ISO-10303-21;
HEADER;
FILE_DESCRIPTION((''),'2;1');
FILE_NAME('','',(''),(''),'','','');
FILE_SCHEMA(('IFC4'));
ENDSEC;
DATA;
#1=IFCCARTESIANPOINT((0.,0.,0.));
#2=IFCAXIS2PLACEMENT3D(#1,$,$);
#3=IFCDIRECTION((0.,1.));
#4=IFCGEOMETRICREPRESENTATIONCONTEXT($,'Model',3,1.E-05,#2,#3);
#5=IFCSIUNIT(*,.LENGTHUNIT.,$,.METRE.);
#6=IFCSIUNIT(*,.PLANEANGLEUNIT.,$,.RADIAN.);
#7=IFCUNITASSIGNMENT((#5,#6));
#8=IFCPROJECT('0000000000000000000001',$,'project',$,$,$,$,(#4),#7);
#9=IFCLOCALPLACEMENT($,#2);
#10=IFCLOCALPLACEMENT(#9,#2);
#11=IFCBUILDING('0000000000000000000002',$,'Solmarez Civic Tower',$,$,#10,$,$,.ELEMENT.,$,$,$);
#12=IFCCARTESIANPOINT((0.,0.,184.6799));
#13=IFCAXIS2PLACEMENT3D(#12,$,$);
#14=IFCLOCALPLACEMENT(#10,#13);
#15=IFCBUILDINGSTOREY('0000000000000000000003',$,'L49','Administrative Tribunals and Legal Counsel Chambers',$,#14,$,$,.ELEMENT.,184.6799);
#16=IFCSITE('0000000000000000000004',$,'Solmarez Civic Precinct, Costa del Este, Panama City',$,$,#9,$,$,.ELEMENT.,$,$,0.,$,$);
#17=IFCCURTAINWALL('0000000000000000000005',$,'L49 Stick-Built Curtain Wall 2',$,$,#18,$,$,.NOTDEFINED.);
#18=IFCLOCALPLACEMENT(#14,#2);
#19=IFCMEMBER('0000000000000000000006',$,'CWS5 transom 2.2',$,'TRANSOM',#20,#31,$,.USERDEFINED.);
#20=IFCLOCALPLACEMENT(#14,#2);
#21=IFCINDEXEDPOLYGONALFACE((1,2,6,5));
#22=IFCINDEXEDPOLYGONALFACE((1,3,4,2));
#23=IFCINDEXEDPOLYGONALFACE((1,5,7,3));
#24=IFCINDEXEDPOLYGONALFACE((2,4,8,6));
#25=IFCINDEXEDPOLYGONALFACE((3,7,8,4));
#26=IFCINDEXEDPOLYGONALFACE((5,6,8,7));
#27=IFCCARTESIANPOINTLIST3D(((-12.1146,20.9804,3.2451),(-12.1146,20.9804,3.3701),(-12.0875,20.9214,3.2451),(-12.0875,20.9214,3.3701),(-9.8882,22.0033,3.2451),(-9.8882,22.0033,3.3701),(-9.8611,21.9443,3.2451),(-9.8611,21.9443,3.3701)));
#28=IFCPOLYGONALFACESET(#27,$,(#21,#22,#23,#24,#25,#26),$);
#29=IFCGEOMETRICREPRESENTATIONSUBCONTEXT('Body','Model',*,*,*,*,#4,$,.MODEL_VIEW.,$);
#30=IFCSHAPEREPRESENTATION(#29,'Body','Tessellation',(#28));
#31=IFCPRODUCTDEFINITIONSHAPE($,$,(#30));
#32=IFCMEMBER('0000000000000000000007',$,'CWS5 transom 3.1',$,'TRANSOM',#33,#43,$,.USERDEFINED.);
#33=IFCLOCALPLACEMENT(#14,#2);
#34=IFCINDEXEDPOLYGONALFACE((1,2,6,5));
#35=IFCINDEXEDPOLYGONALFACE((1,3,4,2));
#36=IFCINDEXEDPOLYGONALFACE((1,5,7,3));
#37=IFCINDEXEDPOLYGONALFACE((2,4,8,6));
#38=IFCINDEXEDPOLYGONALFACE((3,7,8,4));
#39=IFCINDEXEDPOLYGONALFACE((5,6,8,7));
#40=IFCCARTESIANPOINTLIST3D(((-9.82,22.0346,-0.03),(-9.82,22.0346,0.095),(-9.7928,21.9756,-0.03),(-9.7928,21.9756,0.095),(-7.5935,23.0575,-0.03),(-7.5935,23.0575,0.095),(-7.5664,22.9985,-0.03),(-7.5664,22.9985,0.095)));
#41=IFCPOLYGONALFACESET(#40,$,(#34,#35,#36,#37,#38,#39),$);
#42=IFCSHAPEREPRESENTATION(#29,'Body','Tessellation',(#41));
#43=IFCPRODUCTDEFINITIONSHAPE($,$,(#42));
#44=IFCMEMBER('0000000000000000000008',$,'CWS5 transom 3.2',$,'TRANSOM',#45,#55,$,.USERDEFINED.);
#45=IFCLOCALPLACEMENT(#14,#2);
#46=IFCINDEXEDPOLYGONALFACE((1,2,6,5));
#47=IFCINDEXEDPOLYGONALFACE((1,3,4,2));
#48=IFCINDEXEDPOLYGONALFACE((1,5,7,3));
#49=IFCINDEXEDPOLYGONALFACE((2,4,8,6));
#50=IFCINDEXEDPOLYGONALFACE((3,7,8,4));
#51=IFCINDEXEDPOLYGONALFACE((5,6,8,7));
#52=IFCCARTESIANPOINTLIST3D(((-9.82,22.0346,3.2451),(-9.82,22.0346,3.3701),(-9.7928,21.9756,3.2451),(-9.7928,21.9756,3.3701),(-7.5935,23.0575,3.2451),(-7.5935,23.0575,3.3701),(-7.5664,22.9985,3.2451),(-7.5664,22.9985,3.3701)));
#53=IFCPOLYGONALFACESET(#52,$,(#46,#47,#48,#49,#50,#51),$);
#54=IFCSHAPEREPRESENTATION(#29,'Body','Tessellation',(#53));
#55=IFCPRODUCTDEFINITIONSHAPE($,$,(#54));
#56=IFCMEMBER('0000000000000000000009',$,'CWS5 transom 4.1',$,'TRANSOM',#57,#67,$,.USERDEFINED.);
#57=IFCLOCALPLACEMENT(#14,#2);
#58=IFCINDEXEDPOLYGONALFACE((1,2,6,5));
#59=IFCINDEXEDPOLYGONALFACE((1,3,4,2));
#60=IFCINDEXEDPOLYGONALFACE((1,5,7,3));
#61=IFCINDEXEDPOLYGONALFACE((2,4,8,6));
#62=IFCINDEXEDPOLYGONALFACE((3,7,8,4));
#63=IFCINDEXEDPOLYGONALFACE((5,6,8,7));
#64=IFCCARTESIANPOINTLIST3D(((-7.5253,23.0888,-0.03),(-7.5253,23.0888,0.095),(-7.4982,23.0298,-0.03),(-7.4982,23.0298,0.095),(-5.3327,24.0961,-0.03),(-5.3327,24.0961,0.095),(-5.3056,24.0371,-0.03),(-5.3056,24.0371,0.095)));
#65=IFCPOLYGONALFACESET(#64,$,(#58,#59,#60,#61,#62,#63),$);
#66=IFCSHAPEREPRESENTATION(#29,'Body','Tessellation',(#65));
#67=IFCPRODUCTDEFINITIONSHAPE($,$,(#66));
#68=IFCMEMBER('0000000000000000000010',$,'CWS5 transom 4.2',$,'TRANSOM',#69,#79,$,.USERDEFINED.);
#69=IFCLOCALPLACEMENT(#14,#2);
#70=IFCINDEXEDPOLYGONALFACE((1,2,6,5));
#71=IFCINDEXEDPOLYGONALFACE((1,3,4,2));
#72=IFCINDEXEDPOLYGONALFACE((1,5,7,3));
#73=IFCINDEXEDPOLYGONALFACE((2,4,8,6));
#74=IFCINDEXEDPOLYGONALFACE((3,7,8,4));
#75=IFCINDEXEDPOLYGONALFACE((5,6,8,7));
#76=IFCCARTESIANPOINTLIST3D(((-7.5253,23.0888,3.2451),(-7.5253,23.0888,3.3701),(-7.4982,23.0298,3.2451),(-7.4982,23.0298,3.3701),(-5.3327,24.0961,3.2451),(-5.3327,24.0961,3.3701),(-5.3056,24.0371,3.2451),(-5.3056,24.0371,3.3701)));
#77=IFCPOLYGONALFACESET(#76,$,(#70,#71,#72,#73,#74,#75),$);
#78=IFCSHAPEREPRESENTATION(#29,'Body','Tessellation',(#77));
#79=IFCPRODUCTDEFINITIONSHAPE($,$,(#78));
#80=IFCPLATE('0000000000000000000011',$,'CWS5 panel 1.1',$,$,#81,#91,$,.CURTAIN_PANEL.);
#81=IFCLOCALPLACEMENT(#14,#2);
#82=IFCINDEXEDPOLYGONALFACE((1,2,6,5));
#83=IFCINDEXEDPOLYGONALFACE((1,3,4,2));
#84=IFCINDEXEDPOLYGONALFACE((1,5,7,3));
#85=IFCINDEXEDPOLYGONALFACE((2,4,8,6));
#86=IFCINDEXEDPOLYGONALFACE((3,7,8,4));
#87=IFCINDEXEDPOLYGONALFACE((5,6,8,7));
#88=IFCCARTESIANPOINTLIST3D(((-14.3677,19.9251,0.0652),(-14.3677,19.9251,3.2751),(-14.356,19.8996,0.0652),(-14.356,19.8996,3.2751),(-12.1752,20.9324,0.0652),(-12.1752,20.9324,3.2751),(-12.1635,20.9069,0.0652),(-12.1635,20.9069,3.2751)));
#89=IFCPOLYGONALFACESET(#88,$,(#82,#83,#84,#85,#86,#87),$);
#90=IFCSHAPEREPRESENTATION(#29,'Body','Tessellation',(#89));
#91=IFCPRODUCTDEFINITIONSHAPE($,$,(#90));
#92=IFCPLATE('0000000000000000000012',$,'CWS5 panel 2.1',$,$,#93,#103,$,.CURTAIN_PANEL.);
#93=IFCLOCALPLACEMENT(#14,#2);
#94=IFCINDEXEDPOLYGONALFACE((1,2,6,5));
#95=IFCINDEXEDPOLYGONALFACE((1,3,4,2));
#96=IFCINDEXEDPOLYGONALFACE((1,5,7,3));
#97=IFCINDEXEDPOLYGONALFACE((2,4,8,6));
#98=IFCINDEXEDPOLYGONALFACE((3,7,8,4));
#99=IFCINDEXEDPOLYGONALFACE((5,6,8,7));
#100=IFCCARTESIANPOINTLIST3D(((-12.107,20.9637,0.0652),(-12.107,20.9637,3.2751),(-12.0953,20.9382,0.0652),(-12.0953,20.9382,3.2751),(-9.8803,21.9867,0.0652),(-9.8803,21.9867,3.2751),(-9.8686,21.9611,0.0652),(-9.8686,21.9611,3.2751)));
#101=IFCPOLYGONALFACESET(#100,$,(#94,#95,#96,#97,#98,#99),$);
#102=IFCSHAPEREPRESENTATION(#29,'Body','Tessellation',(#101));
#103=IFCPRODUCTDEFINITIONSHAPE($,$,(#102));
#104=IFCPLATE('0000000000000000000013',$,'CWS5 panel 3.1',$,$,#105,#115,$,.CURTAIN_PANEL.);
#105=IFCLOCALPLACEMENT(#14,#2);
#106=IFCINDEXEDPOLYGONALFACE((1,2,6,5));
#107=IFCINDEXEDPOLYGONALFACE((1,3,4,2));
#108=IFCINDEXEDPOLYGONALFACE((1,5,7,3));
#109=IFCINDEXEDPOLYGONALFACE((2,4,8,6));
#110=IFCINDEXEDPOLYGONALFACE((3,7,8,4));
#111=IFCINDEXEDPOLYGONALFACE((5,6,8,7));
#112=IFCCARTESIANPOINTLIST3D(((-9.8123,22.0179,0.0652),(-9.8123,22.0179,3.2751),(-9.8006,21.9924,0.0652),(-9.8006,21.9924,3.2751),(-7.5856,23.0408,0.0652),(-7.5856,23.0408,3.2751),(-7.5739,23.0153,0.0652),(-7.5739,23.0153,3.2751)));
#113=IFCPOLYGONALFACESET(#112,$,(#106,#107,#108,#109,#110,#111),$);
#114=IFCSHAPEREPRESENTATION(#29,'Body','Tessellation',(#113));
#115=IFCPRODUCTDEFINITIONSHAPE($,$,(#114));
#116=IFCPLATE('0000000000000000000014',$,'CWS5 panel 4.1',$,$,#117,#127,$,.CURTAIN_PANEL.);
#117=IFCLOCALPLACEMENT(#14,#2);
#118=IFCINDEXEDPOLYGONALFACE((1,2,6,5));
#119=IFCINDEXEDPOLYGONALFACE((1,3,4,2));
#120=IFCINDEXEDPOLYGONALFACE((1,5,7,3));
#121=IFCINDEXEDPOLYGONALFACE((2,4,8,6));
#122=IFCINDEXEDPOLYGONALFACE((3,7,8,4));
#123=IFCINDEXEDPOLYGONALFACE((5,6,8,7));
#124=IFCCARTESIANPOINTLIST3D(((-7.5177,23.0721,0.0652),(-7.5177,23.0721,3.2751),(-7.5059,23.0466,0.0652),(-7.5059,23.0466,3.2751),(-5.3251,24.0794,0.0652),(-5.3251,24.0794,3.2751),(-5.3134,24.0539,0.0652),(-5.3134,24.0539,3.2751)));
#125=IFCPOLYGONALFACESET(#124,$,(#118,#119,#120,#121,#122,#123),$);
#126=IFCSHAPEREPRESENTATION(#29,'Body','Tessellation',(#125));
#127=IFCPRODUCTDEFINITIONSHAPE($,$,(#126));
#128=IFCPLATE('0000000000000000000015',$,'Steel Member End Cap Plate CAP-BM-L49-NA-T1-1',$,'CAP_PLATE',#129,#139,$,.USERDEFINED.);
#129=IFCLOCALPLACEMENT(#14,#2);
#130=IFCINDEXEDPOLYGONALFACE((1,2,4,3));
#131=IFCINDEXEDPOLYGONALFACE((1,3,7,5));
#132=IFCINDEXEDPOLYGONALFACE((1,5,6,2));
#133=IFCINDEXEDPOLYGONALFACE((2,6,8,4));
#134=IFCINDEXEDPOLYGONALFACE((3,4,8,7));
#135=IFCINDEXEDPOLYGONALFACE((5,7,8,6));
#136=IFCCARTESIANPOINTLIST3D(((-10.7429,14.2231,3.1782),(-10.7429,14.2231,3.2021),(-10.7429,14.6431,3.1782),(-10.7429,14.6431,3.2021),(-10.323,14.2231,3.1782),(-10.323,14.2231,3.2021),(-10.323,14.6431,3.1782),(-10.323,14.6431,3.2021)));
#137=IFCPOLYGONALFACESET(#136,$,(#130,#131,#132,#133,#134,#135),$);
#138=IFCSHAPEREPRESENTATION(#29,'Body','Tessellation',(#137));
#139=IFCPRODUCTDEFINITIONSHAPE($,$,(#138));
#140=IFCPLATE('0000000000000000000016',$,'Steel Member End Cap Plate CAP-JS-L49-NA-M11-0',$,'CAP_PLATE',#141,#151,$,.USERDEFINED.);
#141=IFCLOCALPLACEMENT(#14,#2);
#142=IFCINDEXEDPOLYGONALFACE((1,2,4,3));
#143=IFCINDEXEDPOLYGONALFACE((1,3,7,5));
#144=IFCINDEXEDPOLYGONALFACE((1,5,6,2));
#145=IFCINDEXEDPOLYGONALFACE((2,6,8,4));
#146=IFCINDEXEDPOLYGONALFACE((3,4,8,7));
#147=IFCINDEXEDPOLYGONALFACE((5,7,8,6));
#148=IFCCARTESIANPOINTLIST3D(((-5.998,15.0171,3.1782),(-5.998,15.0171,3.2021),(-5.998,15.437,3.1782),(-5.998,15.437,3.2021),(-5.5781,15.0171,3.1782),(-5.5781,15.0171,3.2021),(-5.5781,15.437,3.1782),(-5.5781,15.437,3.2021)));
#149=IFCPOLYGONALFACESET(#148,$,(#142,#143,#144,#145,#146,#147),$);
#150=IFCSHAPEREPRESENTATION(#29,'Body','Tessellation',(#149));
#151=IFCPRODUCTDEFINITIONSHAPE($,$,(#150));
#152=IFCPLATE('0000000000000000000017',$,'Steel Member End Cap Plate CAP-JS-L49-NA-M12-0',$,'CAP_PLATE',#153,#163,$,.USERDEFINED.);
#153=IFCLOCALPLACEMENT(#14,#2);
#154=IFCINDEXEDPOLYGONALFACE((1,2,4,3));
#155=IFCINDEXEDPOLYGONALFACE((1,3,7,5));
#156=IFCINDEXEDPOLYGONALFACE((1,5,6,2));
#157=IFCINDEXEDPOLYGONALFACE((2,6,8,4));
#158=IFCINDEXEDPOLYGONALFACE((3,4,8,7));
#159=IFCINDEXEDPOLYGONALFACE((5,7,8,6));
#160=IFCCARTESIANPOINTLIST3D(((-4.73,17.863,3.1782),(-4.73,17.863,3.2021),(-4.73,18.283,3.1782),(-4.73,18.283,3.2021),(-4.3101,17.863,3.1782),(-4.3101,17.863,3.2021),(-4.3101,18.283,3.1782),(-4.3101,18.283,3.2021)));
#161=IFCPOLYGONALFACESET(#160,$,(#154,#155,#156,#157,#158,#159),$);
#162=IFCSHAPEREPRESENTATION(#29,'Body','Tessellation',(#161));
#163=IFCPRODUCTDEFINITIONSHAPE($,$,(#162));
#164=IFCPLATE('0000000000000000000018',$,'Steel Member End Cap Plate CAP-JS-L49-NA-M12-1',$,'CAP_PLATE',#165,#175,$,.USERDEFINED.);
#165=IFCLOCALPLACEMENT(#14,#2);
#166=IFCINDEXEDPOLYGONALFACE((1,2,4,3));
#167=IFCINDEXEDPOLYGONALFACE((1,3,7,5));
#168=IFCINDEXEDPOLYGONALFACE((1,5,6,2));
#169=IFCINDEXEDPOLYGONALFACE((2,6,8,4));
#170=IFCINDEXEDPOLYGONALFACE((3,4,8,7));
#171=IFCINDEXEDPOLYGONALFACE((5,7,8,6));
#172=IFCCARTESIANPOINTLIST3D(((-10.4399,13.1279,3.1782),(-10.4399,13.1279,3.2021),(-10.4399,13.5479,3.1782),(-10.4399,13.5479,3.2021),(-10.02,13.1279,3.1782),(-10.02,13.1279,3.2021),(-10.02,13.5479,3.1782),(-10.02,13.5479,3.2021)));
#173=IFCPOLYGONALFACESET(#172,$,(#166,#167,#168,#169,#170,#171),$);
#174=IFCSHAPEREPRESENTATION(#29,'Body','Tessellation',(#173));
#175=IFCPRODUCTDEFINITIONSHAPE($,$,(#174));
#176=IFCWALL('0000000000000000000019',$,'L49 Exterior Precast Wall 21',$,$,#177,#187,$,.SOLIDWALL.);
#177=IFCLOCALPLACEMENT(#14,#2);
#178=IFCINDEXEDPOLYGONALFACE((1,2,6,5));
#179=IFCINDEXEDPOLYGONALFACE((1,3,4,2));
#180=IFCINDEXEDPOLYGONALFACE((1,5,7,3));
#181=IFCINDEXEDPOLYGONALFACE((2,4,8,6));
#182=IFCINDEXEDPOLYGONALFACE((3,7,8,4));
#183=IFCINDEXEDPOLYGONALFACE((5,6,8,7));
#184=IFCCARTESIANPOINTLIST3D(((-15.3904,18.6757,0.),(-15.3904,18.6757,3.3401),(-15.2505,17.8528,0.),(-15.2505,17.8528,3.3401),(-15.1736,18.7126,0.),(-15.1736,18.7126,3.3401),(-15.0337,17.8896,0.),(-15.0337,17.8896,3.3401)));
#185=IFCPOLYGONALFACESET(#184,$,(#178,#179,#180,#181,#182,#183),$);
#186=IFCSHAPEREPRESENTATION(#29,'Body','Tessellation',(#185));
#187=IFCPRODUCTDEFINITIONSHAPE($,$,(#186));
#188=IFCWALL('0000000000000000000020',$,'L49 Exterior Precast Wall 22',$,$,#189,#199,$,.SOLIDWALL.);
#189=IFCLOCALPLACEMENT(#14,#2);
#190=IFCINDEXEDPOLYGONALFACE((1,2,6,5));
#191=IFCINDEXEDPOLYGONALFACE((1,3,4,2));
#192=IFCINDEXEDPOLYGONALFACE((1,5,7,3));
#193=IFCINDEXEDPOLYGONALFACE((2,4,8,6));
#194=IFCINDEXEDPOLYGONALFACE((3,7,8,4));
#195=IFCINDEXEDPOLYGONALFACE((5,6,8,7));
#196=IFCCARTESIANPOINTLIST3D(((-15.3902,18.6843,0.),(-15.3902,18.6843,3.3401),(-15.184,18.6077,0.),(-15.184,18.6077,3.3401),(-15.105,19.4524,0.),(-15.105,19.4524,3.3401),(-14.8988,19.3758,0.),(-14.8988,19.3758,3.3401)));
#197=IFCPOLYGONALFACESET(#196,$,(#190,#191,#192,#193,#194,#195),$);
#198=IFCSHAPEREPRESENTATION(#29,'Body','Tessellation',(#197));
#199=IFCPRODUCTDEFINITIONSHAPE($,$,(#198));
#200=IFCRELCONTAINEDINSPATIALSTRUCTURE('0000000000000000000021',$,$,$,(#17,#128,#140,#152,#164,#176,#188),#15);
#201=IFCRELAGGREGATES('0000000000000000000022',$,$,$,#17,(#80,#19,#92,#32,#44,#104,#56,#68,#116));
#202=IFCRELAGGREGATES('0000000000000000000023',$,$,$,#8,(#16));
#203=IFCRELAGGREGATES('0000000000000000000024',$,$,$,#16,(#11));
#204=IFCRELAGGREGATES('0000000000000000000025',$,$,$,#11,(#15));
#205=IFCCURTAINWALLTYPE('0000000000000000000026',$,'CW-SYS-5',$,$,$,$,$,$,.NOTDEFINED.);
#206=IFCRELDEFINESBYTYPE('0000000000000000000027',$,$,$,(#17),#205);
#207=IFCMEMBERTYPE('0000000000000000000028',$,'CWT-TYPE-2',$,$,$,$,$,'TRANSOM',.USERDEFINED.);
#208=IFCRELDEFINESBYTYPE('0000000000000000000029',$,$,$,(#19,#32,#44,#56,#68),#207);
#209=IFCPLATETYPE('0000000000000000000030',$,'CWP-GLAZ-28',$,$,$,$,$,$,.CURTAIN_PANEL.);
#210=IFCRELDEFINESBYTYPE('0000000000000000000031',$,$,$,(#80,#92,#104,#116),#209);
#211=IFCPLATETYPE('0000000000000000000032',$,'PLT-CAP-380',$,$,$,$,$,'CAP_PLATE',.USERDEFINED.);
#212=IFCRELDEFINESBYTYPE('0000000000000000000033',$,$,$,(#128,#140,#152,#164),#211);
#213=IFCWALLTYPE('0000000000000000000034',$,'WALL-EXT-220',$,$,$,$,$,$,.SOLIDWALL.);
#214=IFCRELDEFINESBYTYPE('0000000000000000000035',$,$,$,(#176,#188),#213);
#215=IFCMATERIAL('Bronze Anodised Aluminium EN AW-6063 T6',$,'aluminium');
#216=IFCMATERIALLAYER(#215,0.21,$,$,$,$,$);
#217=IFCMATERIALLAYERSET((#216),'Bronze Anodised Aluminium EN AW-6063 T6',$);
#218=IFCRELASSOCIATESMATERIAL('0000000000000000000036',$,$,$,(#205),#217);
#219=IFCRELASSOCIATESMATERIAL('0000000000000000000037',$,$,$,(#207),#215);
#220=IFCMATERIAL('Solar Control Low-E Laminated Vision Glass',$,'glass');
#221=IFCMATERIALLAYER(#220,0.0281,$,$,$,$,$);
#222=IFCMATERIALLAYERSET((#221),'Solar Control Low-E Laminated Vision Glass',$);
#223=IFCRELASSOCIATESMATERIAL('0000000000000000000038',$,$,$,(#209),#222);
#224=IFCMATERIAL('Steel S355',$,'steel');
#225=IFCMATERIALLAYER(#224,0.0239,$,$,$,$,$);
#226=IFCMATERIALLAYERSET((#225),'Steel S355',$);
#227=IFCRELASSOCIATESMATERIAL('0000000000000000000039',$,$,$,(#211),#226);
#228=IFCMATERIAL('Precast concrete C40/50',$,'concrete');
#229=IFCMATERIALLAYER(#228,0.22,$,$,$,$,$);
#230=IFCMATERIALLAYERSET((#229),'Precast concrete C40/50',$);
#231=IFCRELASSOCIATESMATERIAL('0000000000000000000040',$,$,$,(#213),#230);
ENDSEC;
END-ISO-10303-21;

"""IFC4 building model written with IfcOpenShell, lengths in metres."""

from ifc_helpers import new_model, si_unit, direction, frame, frame_2d, origin, origin_2d, place, context, subcontext, project, spatial, rectangle, extrude, material, layer, layer_set, material_profile, profile_set, type_object, element, aggregate, save


model = new_model("IFC4")

# Units and contexts
model_context = context("Model", 3, precision=1e-05, world=origin(), true_north=direction((0.0, 1.0)))
body_context = subcontext(model_context, "Body", "Model", "MODEL_VIEW")
ifc_project = project(units=[si_unit("LENGTHUNIT", "METRE"), si_unit("PLANEANGLEUNIT", "RADIAN")], contexts=[model_context])

# Site, building, storey
site_placement = place(None, origin())
site = spatial("IfcSite", under=ifc_project, at=site_placement, Name="Solmarez Civic Precinct, Costa del Este, Panama City", CompositionType="ELEMENT", RefElevation=0.0)
building_placement = place(site_placement, origin())
building = spatial("IfcBuilding", under=site, at=building_placement, Name="Solmarez Civic Tower", CompositionType="ELEMENT")
storey_placement = place(building_placement, frame((0.0, 0.0, 184.6799)))
storey = spatial("IfcBuildingStorey", under=building, at=storey_placement, Name="L49", Description="Administrative Tribunals and Legal Counsel Chambers", CompositionType="ELEMENT", Elevation=184.6799)

# Shared definitions
ifc_material_1 = material(Name="Steel S355", Category="steel")

# Curtain wall, members, plates
ifc_material_2 = material(Name="Bronze Anodised Aluminium EN AW-6063 T6", Category="aluminium")
ifc_layer_1 = layer(ifc_material_2, 0.21)
ifc_layer_set_1 = layer_set([ifc_layer_1], Name="Bronze Anodised Aluminium EN AW-6063 T6")
curtain_wall_type = type_object("IfcCurtainWallType", Name="CW-SYS-5", PredefinedType="NOTDEFINED", material=ifc_layer_set_1)
curtain_wall_placement = place(storey_placement, origin())
curtain_wall = element("IfcCurtainWall", 1, at=curtain_wall_placement, inside=storey, type_object=curtain_wall_type, Name="L49 Stick-Built Curtain Wall 2", PredefinedType="NOTDEFINED")
ifc_material_profile_1 = material_profile(ifc_material_2, rectangle(XDim=0.0649, YDim=0.125, at=origin_2d()), Name="CWT-65X125")
ifc_profile_set_1 = profile_set([ifc_material_profile_1], Name="Bronze Anodised Aluminium EN AW-6063 T6")
member_type_1 = type_object("IfcMemberType", Name="CWT-TYPE-2", ElementType="TRANSOM", PredefinedType="USERDEFINED", material=ifc_profile_set_1)
member_1_placement = place(storey_placement, frame((-12.1011, 20.9509, 3.3076), z_axis=(0.908687, 0.417478, 0.0), x_axis=(-0.417478, 0.908687, 0.0)))
member_1 = element("IfcMember", 2, at=member_1_placement, type_object=member_type_1, Name="CWS5 transom 2.2", ObjectType="TRANSOM", PredefinedType="USERDEFINED", context=body_context, shape_type="SweptSolid", body=[
    extrude(rectangle(XDim=0.0649, YDim=0.125, at=origin_2d()), origin(), (0.0, 0.0, 1.0), 2.4502),
])
member_2_placement = place(storey_placement, frame((-9.8064, 22.0051, 0.0325), z_axis=(0.908687, 0.417478, 0.0), x_axis=(-0.417478, 0.908687, 0.0)))
member_2 = element("IfcMember", 3, at=member_2_placement, type_object=member_type_1, Name="CWS5 transom 3.1", ObjectType="TRANSOM", PredefinedType="USERDEFINED", context=body_context, shape_type="SweptSolid", body=[
    extrude(rectangle(XDim=0.0649, YDim=0.125, at=origin_2d()), origin(), (0.0, 0.0, 1.0), 2.4502),
])
member_3_placement = place(storey_placement, frame((-9.8064, 22.0051, 3.3076), z_axis=(0.908687, 0.417478, 0.0), x_axis=(-0.417478, 0.908687, 0.0)))
member_3 = element("IfcMember", 4, at=member_3_placement, type_object=member_type_1, Name="CWS5 transom 3.2", ObjectType="TRANSOM", PredefinedType="USERDEFINED", context=body_context, shape_type="SweptSolid", body=[
    extrude(rectangle(XDim=0.0649, YDim=0.125, at=origin_2d()), origin(), (0.0, 0.0, 1.0), 2.4502),
])
member_4_placement = place(storey_placement, frame((-7.5117, 23.0593, 0.0325), z_axis=(0.908692, 0.417466, 0.0), x_axis=(-0.417466, 0.908692, 0.0)))
member_4 = element("IfcMember", 5, at=member_4_placement, type_object=member_type_1, Name="CWS5 transom 4.1", ObjectType="TRANSOM", PredefinedType="USERDEFINED", context=body_context, shape_type="SweptSolid", body=[
    extrude(rectangle(XDim=0.0649, YDim=0.125, at=origin_2d()), origin(), (0.0, 0.0, 1.0), 2.4128),
])
member_5_placement = place(storey_placement, frame((-7.5117, 23.0593, 3.3076), z_axis=(0.908692, 0.417466, 0.0), x_axis=(-0.417466, 0.908692, 0.0)))
member_5 = element("IfcMember", 6, at=member_5_placement, type_object=member_type_1, Name="CWS5 transom 4.2", ObjectType="TRANSOM", PredefinedType="USERDEFINED", context=body_context, shape_type="SweptSolid", body=[
    extrude(rectangle(XDim=0.0649, YDim=0.125, at=origin_2d()), origin(), (0.0, 0.0, 1.0), 2.4128),
])
ifc_material_3 = material(Name="Solar Control Low-E Laminated Vision Glass", Category="glass")
ifc_layer_2 = layer(ifc_material_3, 0.0281)
ifc_layer_set_2 = layer_set([ifc_layer_2], Name="Solar Control Low-E Laminated Vision Glass")
plate_type_1 = type_object("IfcPlateType", Name="CWP-GLAZ-28", PredefinedType="CURTAIN_PANEL", material=ifc_layer_set_2)
plate_1_placement = place(storey_placement, frame((-13.2656, 20.416, 0.0652), z_axis=(0.0, 0.0, 1.0), x_axis=(0.908691, 0.417469, 0.0)))
plate_1 = element("IfcPlate", 7, at=plate_1_placement, type_object=plate_type_1, Name="CWS5 panel 1.1", PredefinedType="CURTAIN_PANEL", context=body_context, shape_type="SweptSolid", body=[
    extrude(rectangle(XDim=2.4128, YDim=0.0281, at=origin_2d()), origin(), (0.0, 0.0, 1.0), 3.21),
])
plate_2_placement = place(storey_placement, frame((-10.9878, 21.4624, 0.0652), z_axis=(0.0, 0.0, 1.0), x_axis=(0.908691, 0.417469, 0.0)))
plate_2 = element("IfcPlate", 8, at=plate_2_placement, type_object=plate_type_1, Name="CWS5 panel 2.1", PredefinedType="CURTAIN_PANEL", context=body_context, shape_type="SweptSolid", body=[
    extrude(rectangle(XDim=2.4504, YDim=0.0281, at=origin_2d()), origin(), (0.0, 0.0, 1.0), 3.21),
])
plate_3_placement = place(storey_placement, frame((-8.6931, 22.5166, 0.0652), z_axis=(0.0, 0.0, 1.0), x_axis=(0.908691, 0.417469, 0.0)))
plate_3 = element("IfcPlate", 9, at=plate_3_placement, type_object=plate_type_1, Name="CWS5 panel 3.1", PredefinedType="CURTAIN_PANEL", context=body_context, shape_type="SweptSolid", body=[
    extrude(rectangle(XDim=2.4504, YDim=0.0281, at=origin_2d()), origin(), (0.0, 0.0, 1.0), 3.21),
])
plate_4_placement = place(storey_placement, frame((-6.4155, 23.563, 0.0652), z_axis=(0.0, 0.0, 1.0), x_axis=(0.908691, 0.417469, 0.0)))
plate_4 = element("IfcPlate", 10, at=plate_4_placement, type_object=plate_type_1, Name="CWS5 panel 4.1", PredefinedType="CURTAIN_PANEL", context=body_context, shape_type="SweptSolid", body=[
    extrude(rectangle(XDim=2.4128, YDim=0.0281, at=origin_2d()), origin(), (0.0, 0.0, 1.0), 3.21),
])
aggregate(curtain_wall, [plate_1, member_1, plate_2, member_2, member_3, plate_3, member_4, member_5, plate_4])

# Plates
ifc_layer_3 = layer(ifc_material_1, 0.0239)
ifc_layer_set_3 = layer_set([ifc_layer_3], Name="Steel S355")
plate_type_2 = type_object("IfcPlateType", Name="PLT-CAP-380", ElementType="CAP_PLATE", PredefinedType="USERDEFINED", material=ifc_layer_set_3)
for number, where, z_axis, x_axis, name in (
    (11, (-10.533, 14.4331, 3.1782), (0.0, 0.0, 1.0), (1.0, 0.0, 0.0), "Steel Member End Cap Plate CAP-BM-L49-NA-T1-1"),
    (12, (-5.7881, 15.2271, 3.1782), (0.0, 0.0, 1.0), (1.0, 0.0, 0.0), "Steel Member End Cap Plate CAP-JS-L49-NA-M11-0"),
    (13, (-4.52, 18.073, 3.1782), (0.0, 0.0, 1.0), (1.0, 0.0, 0.0), "Steel Member End Cap Plate CAP-JS-L49-NA-M12-0"),
    (14, (-10.23, 13.3379, 3.1782), (0.0, 0.0, 1.0), (1.0, 0.0, 0.0), "Steel Member End Cap Plate CAP-JS-L49-NA-M12-1"),
):
    element("IfcPlate", number, at=place(storey_placement, frame(where, z_axis=z_axis, x_axis=x_axis)), inside=storey, type_object=plate_type_2, Name=name, ObjectType="CAP_PLATE", PredefinedType="USERDEFINED", context=body_context, shape_type="SweptSolid", body=[
        extrude(rectangle(XDim=0.4199, YDim=0.4199, at=origin_2d()), origin(), (0.0, 0.0, 1.0), 0.0239),
    ])

# Walls
ifc_material_4 = material(Name="Precast concrete C40/50", Category="concrete")
ifc_layer_4 = layer(ifc_material_4, 0.22)
ifc_layer_set_4 = layer_set([ifc_layer_4], Name="Precast concrete C40/50")
wall_type_1 = type_object("IfcWallType", Name="WALL-EXT-220", PredefinedType="SOLIDWALL", material=ifc_layer_set_4)
wall_1_placement = place(storey_placement, frame((-15.1421, 17.8711, 0.0), z_axis=(0.0, 0.0, 1.0), x_axis=(-0.167576, 0.985859, 0.0)))
element("IfcWall", 15, at=wall_1_placement, inside=storey, type_object=wall_type_1, Name="L49 Exterior Precast Wall 21", PredefinedType="SOLIDWALL", context=body_context, shape_type="SweptSolid", body=[
    extrude(rectangle(XDim=0.8347, YDim=0.22, at=frame_2d((0.4175, 0.0))), origin(), (0.0, 0.0, 1.0), 3.3401),
])
wall_2_placement = place(storey_placement, frame((-15.2871, 18.646, 0.0), z_axis=(0.0, 0.0, 1.0), x_axis=(0.348052, 0.937475, 0.0)))
element("IfcWall", 16, at=wall_2_placement, inside=storey, type_object=wall_type_1, Name="L49 Exterior Precast Wall 22", PredefinedType="SOLIDWALL", context=body_context, shape_type="SweptSolid", body=[
    extrude(rectangle(XDim=0.8193, YDim=0.22, at=frame_2d((0.4097, 0.0))), origin(), (0.0, 0.0, 1.0), 3.3401),
])

save(model, "model.ifc")
